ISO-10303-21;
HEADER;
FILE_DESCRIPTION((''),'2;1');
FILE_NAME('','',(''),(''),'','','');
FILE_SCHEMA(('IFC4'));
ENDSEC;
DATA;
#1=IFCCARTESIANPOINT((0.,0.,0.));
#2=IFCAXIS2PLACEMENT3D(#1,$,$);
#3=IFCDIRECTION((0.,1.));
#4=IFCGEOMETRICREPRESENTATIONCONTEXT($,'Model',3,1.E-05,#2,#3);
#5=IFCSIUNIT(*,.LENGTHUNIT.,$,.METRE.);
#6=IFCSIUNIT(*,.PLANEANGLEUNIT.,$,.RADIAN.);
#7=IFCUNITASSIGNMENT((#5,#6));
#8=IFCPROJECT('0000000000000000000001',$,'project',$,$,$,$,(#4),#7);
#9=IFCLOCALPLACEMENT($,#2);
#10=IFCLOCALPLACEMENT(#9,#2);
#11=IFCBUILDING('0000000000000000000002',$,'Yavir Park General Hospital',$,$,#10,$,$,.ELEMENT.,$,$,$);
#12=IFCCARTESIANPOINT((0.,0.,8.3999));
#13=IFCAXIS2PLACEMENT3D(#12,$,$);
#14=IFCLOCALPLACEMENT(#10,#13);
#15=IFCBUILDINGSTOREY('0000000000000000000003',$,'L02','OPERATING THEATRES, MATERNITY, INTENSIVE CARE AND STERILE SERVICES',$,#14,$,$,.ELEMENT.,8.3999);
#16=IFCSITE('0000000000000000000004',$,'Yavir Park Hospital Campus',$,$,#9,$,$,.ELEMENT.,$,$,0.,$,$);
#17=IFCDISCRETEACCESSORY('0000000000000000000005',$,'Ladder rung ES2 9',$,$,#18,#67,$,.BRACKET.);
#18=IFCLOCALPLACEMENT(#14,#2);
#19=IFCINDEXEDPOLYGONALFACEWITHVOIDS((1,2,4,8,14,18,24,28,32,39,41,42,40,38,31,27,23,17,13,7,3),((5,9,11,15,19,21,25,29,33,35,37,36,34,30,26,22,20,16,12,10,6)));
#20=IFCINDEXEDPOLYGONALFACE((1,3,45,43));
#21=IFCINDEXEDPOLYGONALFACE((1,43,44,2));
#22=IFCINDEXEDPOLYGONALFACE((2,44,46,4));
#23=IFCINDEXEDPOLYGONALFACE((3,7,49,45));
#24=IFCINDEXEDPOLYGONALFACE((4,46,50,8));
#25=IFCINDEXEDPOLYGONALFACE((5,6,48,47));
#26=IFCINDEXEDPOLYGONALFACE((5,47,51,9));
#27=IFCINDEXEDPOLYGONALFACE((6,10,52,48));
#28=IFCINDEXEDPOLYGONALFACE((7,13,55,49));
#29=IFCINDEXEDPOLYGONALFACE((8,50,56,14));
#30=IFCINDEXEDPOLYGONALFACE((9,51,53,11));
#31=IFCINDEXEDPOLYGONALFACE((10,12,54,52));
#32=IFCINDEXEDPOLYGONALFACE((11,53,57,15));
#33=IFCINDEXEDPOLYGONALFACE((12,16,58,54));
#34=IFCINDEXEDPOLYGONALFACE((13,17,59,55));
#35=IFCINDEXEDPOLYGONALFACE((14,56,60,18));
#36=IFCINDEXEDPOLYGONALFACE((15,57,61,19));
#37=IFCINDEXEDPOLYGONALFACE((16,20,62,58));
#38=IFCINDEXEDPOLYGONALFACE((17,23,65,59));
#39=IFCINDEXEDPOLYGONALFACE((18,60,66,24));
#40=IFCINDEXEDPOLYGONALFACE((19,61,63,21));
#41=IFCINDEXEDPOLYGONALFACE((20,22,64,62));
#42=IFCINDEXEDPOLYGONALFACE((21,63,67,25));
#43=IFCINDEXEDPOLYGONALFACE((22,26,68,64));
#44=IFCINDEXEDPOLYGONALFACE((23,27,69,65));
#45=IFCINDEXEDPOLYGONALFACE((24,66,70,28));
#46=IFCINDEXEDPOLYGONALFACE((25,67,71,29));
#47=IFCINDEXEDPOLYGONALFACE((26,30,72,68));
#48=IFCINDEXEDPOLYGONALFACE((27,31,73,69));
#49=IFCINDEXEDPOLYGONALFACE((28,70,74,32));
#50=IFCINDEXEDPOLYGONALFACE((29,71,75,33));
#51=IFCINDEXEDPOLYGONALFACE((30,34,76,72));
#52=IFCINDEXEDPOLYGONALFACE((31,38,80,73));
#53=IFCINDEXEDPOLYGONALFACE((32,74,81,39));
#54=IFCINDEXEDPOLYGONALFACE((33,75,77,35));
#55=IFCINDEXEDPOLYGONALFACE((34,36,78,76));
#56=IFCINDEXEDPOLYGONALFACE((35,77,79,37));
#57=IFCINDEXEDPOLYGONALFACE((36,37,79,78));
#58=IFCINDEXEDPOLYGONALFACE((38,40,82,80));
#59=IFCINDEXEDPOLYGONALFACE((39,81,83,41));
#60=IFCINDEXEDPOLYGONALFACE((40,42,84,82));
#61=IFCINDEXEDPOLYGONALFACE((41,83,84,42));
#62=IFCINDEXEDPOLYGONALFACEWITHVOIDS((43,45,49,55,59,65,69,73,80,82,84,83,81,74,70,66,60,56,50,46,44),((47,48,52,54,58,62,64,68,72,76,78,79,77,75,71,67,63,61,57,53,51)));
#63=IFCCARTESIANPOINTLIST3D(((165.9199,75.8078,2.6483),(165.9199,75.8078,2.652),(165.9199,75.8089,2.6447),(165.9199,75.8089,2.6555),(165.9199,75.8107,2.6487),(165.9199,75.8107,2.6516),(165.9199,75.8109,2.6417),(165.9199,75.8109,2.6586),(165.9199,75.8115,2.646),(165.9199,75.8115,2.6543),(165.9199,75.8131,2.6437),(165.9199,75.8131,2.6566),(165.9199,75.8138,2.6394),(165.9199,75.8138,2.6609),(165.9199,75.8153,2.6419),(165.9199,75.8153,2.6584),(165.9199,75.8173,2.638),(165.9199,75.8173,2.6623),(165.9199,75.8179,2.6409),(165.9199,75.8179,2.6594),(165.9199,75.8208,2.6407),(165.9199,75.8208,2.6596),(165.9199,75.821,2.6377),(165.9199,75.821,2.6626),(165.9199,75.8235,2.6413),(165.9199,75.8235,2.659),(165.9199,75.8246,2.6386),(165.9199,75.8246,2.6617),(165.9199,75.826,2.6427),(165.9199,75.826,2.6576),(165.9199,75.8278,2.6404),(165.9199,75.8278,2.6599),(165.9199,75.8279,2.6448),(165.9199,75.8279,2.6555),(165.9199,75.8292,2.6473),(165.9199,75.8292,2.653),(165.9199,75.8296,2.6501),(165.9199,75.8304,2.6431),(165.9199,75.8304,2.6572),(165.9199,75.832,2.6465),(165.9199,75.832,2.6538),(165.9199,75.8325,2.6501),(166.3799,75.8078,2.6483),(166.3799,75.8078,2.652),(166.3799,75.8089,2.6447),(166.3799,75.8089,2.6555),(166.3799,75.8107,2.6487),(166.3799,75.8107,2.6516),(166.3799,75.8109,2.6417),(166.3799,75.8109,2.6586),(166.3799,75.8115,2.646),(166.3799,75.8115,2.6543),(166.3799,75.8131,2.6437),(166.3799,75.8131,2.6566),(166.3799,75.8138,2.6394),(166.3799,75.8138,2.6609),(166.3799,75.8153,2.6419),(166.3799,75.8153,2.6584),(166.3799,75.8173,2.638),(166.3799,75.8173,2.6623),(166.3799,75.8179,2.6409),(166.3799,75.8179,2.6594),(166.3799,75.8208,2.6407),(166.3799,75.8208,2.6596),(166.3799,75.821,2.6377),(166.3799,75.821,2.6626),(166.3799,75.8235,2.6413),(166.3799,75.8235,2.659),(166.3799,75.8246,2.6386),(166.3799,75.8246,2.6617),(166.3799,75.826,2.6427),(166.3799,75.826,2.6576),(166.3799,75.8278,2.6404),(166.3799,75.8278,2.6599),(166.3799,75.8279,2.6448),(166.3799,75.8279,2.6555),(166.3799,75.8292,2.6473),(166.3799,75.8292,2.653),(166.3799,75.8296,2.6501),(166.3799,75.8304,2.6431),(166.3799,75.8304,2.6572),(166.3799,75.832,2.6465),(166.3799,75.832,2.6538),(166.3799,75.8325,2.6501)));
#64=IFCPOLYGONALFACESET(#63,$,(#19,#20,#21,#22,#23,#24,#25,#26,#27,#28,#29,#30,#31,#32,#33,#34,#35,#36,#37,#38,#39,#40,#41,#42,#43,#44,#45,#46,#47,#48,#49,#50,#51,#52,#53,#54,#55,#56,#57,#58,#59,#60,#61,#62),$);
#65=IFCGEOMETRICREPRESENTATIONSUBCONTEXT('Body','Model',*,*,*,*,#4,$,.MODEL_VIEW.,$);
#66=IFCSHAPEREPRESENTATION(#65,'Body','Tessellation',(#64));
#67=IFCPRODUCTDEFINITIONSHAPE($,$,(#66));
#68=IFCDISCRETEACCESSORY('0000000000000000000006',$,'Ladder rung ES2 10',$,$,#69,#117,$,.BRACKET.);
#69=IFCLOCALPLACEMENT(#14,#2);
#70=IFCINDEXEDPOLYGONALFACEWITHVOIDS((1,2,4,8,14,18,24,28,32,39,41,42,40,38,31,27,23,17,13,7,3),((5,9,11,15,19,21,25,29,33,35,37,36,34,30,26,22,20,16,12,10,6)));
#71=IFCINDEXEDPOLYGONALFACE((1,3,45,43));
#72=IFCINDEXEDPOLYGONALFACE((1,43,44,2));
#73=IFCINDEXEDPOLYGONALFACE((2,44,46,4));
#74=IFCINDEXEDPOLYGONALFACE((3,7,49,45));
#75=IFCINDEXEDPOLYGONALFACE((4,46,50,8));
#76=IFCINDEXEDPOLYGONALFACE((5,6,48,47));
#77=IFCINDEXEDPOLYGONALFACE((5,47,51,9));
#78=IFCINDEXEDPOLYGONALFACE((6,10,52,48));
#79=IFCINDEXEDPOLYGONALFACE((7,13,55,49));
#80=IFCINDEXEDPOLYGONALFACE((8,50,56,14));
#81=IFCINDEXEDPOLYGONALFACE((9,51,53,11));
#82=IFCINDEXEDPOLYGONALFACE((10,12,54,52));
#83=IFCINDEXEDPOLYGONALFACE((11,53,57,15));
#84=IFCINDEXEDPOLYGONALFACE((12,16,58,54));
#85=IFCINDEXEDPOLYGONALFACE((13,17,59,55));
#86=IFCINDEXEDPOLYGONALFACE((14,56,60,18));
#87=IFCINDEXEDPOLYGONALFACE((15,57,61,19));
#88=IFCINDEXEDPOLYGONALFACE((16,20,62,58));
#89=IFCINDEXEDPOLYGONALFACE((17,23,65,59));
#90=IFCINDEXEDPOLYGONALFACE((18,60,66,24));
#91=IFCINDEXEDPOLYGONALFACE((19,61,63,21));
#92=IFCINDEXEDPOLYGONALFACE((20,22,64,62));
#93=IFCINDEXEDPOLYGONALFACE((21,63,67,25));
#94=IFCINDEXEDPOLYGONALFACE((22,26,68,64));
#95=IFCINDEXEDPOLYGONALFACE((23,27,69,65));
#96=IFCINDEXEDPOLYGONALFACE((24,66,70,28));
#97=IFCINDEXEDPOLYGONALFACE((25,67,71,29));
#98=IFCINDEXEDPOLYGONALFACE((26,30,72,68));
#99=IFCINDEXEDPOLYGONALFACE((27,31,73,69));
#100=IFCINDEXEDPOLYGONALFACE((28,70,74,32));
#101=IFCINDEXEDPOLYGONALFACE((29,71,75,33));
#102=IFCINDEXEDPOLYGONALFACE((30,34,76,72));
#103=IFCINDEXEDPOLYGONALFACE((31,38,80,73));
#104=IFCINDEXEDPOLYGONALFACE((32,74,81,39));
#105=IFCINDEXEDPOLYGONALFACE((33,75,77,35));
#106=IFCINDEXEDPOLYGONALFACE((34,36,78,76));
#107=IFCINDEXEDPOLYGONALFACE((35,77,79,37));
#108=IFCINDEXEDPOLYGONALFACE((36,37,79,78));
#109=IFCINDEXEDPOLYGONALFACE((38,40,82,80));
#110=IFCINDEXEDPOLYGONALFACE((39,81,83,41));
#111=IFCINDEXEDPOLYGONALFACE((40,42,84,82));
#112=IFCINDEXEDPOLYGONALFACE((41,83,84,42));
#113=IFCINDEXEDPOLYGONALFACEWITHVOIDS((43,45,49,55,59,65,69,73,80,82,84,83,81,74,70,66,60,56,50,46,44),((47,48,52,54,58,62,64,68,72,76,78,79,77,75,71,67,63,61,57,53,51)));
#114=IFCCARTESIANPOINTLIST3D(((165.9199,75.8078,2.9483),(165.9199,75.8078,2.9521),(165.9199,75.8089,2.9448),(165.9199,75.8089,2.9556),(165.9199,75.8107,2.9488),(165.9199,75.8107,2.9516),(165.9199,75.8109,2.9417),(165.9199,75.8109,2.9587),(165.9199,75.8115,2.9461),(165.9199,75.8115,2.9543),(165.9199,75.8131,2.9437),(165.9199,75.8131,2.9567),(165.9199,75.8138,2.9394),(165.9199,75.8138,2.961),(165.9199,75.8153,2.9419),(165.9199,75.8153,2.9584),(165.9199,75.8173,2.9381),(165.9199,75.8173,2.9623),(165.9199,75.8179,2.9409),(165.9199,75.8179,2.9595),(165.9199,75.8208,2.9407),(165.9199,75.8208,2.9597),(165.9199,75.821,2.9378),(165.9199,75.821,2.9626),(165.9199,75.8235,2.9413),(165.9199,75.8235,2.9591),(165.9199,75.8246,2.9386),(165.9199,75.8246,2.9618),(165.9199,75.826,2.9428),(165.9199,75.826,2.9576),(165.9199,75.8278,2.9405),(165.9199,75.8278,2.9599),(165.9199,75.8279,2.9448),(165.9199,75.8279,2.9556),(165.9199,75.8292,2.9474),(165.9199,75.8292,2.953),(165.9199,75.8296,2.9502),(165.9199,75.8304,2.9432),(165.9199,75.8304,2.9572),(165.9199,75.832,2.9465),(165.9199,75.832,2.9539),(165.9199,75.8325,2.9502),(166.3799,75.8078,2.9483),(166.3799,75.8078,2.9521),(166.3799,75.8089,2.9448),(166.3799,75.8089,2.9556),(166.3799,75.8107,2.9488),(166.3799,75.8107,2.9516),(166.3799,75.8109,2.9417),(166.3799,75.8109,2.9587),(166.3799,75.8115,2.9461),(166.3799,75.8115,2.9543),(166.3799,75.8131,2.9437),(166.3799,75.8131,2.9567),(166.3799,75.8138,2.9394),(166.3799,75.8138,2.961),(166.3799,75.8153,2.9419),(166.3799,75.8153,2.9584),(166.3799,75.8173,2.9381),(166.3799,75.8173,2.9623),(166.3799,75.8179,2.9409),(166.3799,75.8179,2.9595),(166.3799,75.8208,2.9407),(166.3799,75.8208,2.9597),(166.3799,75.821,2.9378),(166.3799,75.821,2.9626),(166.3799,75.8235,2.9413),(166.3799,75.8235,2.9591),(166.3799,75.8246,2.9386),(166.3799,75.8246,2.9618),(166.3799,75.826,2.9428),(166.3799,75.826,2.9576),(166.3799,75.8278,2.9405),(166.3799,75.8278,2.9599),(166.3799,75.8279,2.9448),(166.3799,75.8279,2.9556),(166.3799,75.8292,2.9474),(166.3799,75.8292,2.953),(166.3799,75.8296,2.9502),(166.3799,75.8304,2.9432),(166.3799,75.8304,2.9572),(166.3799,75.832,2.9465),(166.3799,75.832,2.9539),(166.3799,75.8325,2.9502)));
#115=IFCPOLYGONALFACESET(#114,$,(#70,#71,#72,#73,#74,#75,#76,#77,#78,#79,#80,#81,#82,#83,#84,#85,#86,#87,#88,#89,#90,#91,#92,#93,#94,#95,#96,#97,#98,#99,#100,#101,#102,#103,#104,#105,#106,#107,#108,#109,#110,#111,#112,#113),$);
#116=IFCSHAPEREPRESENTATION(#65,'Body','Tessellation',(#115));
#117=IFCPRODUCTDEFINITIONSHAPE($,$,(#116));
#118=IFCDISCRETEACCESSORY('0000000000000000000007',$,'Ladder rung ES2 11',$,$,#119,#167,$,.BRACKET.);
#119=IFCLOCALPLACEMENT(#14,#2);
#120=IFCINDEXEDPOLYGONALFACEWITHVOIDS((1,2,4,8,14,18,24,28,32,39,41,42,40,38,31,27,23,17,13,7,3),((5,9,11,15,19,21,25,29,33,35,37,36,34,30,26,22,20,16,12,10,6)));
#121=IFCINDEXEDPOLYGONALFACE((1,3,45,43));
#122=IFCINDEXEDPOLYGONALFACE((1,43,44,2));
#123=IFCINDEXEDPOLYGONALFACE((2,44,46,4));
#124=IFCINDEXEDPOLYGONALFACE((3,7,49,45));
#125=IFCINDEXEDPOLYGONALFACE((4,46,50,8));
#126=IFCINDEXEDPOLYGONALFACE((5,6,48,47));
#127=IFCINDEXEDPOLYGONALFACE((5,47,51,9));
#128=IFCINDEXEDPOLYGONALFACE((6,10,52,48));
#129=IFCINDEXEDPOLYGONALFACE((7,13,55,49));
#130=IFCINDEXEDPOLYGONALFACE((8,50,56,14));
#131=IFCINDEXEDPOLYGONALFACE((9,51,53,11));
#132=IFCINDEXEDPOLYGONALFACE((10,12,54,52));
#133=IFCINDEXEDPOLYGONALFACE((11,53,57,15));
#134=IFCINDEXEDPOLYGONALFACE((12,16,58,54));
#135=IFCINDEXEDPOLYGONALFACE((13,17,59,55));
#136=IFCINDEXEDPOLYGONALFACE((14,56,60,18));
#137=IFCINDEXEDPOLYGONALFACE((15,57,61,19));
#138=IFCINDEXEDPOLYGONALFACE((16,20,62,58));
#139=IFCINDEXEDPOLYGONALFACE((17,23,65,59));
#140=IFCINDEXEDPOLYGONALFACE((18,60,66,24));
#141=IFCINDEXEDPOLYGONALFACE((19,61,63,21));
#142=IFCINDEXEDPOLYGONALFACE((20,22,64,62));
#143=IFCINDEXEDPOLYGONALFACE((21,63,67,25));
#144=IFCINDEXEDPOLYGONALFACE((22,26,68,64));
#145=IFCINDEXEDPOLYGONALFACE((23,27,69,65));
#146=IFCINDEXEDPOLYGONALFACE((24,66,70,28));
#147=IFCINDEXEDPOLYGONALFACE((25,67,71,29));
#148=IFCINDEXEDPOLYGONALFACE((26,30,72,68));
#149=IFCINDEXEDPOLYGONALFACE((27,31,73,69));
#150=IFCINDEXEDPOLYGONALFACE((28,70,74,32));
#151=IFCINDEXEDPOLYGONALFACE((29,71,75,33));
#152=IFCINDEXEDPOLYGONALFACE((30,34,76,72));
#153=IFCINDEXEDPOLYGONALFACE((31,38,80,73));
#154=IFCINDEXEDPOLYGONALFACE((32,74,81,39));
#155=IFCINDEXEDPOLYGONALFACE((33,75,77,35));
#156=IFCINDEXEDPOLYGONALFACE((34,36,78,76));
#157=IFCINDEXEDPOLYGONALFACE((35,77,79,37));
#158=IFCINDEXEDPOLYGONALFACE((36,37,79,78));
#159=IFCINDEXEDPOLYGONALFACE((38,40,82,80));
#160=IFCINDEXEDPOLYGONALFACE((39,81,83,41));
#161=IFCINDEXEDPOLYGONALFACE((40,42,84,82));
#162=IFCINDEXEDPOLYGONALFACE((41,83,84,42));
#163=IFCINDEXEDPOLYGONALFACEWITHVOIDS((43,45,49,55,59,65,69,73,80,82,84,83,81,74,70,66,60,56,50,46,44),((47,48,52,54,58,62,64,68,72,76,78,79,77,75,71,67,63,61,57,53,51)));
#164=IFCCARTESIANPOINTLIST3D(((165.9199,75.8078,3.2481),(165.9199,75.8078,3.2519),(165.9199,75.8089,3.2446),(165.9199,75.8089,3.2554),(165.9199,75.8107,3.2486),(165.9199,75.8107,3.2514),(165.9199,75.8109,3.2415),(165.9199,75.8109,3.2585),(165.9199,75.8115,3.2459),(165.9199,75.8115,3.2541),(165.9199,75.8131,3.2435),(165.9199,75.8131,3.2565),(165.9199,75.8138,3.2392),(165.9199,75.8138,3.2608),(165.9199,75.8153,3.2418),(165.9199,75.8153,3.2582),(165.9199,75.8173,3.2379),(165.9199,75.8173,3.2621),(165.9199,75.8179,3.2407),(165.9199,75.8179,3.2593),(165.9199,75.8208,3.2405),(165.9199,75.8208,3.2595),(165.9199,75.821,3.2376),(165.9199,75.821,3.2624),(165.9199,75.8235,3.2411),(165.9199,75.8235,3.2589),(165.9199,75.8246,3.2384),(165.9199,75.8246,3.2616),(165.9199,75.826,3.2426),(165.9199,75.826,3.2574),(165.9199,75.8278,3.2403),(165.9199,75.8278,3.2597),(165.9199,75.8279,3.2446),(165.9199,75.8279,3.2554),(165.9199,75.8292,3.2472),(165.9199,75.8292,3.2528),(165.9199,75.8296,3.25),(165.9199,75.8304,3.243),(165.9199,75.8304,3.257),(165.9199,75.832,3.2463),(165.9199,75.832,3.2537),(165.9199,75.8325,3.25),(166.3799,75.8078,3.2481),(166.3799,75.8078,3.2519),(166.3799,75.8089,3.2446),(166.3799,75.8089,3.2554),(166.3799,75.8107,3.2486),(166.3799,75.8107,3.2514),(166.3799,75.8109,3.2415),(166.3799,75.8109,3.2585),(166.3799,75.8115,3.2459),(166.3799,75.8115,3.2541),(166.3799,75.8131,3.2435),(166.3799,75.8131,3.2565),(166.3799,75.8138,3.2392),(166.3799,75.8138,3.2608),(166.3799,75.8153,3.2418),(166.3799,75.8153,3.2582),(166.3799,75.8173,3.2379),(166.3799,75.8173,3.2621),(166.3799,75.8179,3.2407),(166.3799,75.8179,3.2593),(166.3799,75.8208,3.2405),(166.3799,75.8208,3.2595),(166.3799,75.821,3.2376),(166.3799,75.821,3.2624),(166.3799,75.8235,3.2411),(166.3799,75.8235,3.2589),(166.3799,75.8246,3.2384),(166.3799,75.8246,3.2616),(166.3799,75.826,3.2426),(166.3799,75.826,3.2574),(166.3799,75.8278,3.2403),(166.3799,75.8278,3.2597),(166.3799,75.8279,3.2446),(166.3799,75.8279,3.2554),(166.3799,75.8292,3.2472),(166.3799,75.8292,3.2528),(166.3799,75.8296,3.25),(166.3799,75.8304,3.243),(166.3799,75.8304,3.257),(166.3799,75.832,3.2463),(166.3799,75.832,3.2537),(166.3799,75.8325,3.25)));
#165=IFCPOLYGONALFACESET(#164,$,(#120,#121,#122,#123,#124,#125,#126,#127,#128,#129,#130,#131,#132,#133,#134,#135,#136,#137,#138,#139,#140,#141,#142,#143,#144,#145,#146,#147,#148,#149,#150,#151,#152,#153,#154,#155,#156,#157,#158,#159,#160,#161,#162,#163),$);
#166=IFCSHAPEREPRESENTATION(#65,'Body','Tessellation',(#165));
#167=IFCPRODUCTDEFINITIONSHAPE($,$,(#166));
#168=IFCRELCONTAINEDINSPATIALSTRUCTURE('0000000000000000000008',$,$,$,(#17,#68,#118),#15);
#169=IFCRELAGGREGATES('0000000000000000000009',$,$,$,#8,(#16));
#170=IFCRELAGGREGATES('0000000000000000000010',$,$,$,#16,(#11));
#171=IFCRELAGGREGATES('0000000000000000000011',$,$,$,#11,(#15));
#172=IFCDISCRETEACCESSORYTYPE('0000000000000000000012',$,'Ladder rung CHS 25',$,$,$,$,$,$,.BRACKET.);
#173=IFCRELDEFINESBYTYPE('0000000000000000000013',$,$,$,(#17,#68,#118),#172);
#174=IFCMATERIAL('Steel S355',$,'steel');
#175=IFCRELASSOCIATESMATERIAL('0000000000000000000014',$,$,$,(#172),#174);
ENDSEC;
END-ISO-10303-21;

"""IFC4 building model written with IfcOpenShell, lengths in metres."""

from ifc_helpers import new_model, si_unit, direction, frame, origin, origin_2d, place, context, subcontext, project, spatial, hollow_circle, extrude, material, material_profile, profile_set, type_object, element, save


model = new_model("IFC4")

# Units and contexts
model_context = context("Model", 3, precision=1e-05, world=origin(), true_north=direction((0.0, 1.0)))
body_context = subcontext(model_context, "Body", "Model", "MODEL_VIEW")
ifc_project = project(units=[si_unit("LENGTHUNIT", "METRE"), si_unit("PLANEANGLEUNIT", "RADIAN")], contexts=[model_context])

# Site, building, storey
site_placement = place(None, origin())
site = spatial("IfcSite", under=ifc_project, at=site_placement, Name="Yavir Park Hospital Campus", CompositionType="ELEMENT", RefElevation=0.0)
building_placement = place(site_placement, origin())
building = spatial("IfcBuilding", under=site, at=building_placement, Name="Yavir Park General Hospital", CompositionType="ELEMENT")
storey_placement = place(building_placement, frame((0.0, 0.0, 8.3999)))
storey = spatial("IfcBuildingStorey", under=building, at=storey_placement, Name="L02", Description="OPERATING THEATRES, MATERNITY, INTENSIVE CARE AND STERILE SERVICES", CompositionType="ELEMENT", Elevation=8.3999)

# Discrete accessories
ifc_material_1 = material(Name="Steel S355", Category="steel")
ifc_material_profile_1 = material_profile(ifc_material_1, hollow_circle(Radius=0.0125, WallThickness=0.0029, at=origin_2d()), Name="CHS25x3")
ifc_profile_set_1 = profile_set([ifc_material_profile_1], Name="Steel S355")
discrete_accessory_type_1 = type_object("IfcDiscreteAccessoryType", Name="Ladder rung CHS 25", PredefinedType="BRACKET", material=ifc_profile_set_1)
for number, where, z_axis, x_axis, name in (
    (1, (165.9199, 75.8201, 2.6501), (1.0, 0.0, 0.0), (0.0, 1.0, 0.0), "Ladder rung ES2 9"),
    (2, (165.9199, 75.8201, 2.9502), (1.0, 0.0, 0.0), (0.0, 1.0, 0.0), "Ladder rung ES2 10"),
    (3, (165.9199, 75.8201, 3.25), (1.0, 0.0, 0.0), (0.0, 1.0, 0.0), "Ladder rung ES2 11"),
):
    element("IfcDiscreteAccessory", number, at=place(storey_placement, frame(where, z_axis=z_axis, x_axis=x_axis)), inside=storey, type_object=discrete_accessory_type_1, Name=name, PredefinedType="BRACKET", context=body_context, shape_type="SweptSolid", body=[
        extrude(hollow_circle(Radius=0.0125, WallThickness=0.0029, at=origin_2d()), origin(), (0.0, 0.0, 1.0), 0.46),
    ])

save(model, "model.ifc")
